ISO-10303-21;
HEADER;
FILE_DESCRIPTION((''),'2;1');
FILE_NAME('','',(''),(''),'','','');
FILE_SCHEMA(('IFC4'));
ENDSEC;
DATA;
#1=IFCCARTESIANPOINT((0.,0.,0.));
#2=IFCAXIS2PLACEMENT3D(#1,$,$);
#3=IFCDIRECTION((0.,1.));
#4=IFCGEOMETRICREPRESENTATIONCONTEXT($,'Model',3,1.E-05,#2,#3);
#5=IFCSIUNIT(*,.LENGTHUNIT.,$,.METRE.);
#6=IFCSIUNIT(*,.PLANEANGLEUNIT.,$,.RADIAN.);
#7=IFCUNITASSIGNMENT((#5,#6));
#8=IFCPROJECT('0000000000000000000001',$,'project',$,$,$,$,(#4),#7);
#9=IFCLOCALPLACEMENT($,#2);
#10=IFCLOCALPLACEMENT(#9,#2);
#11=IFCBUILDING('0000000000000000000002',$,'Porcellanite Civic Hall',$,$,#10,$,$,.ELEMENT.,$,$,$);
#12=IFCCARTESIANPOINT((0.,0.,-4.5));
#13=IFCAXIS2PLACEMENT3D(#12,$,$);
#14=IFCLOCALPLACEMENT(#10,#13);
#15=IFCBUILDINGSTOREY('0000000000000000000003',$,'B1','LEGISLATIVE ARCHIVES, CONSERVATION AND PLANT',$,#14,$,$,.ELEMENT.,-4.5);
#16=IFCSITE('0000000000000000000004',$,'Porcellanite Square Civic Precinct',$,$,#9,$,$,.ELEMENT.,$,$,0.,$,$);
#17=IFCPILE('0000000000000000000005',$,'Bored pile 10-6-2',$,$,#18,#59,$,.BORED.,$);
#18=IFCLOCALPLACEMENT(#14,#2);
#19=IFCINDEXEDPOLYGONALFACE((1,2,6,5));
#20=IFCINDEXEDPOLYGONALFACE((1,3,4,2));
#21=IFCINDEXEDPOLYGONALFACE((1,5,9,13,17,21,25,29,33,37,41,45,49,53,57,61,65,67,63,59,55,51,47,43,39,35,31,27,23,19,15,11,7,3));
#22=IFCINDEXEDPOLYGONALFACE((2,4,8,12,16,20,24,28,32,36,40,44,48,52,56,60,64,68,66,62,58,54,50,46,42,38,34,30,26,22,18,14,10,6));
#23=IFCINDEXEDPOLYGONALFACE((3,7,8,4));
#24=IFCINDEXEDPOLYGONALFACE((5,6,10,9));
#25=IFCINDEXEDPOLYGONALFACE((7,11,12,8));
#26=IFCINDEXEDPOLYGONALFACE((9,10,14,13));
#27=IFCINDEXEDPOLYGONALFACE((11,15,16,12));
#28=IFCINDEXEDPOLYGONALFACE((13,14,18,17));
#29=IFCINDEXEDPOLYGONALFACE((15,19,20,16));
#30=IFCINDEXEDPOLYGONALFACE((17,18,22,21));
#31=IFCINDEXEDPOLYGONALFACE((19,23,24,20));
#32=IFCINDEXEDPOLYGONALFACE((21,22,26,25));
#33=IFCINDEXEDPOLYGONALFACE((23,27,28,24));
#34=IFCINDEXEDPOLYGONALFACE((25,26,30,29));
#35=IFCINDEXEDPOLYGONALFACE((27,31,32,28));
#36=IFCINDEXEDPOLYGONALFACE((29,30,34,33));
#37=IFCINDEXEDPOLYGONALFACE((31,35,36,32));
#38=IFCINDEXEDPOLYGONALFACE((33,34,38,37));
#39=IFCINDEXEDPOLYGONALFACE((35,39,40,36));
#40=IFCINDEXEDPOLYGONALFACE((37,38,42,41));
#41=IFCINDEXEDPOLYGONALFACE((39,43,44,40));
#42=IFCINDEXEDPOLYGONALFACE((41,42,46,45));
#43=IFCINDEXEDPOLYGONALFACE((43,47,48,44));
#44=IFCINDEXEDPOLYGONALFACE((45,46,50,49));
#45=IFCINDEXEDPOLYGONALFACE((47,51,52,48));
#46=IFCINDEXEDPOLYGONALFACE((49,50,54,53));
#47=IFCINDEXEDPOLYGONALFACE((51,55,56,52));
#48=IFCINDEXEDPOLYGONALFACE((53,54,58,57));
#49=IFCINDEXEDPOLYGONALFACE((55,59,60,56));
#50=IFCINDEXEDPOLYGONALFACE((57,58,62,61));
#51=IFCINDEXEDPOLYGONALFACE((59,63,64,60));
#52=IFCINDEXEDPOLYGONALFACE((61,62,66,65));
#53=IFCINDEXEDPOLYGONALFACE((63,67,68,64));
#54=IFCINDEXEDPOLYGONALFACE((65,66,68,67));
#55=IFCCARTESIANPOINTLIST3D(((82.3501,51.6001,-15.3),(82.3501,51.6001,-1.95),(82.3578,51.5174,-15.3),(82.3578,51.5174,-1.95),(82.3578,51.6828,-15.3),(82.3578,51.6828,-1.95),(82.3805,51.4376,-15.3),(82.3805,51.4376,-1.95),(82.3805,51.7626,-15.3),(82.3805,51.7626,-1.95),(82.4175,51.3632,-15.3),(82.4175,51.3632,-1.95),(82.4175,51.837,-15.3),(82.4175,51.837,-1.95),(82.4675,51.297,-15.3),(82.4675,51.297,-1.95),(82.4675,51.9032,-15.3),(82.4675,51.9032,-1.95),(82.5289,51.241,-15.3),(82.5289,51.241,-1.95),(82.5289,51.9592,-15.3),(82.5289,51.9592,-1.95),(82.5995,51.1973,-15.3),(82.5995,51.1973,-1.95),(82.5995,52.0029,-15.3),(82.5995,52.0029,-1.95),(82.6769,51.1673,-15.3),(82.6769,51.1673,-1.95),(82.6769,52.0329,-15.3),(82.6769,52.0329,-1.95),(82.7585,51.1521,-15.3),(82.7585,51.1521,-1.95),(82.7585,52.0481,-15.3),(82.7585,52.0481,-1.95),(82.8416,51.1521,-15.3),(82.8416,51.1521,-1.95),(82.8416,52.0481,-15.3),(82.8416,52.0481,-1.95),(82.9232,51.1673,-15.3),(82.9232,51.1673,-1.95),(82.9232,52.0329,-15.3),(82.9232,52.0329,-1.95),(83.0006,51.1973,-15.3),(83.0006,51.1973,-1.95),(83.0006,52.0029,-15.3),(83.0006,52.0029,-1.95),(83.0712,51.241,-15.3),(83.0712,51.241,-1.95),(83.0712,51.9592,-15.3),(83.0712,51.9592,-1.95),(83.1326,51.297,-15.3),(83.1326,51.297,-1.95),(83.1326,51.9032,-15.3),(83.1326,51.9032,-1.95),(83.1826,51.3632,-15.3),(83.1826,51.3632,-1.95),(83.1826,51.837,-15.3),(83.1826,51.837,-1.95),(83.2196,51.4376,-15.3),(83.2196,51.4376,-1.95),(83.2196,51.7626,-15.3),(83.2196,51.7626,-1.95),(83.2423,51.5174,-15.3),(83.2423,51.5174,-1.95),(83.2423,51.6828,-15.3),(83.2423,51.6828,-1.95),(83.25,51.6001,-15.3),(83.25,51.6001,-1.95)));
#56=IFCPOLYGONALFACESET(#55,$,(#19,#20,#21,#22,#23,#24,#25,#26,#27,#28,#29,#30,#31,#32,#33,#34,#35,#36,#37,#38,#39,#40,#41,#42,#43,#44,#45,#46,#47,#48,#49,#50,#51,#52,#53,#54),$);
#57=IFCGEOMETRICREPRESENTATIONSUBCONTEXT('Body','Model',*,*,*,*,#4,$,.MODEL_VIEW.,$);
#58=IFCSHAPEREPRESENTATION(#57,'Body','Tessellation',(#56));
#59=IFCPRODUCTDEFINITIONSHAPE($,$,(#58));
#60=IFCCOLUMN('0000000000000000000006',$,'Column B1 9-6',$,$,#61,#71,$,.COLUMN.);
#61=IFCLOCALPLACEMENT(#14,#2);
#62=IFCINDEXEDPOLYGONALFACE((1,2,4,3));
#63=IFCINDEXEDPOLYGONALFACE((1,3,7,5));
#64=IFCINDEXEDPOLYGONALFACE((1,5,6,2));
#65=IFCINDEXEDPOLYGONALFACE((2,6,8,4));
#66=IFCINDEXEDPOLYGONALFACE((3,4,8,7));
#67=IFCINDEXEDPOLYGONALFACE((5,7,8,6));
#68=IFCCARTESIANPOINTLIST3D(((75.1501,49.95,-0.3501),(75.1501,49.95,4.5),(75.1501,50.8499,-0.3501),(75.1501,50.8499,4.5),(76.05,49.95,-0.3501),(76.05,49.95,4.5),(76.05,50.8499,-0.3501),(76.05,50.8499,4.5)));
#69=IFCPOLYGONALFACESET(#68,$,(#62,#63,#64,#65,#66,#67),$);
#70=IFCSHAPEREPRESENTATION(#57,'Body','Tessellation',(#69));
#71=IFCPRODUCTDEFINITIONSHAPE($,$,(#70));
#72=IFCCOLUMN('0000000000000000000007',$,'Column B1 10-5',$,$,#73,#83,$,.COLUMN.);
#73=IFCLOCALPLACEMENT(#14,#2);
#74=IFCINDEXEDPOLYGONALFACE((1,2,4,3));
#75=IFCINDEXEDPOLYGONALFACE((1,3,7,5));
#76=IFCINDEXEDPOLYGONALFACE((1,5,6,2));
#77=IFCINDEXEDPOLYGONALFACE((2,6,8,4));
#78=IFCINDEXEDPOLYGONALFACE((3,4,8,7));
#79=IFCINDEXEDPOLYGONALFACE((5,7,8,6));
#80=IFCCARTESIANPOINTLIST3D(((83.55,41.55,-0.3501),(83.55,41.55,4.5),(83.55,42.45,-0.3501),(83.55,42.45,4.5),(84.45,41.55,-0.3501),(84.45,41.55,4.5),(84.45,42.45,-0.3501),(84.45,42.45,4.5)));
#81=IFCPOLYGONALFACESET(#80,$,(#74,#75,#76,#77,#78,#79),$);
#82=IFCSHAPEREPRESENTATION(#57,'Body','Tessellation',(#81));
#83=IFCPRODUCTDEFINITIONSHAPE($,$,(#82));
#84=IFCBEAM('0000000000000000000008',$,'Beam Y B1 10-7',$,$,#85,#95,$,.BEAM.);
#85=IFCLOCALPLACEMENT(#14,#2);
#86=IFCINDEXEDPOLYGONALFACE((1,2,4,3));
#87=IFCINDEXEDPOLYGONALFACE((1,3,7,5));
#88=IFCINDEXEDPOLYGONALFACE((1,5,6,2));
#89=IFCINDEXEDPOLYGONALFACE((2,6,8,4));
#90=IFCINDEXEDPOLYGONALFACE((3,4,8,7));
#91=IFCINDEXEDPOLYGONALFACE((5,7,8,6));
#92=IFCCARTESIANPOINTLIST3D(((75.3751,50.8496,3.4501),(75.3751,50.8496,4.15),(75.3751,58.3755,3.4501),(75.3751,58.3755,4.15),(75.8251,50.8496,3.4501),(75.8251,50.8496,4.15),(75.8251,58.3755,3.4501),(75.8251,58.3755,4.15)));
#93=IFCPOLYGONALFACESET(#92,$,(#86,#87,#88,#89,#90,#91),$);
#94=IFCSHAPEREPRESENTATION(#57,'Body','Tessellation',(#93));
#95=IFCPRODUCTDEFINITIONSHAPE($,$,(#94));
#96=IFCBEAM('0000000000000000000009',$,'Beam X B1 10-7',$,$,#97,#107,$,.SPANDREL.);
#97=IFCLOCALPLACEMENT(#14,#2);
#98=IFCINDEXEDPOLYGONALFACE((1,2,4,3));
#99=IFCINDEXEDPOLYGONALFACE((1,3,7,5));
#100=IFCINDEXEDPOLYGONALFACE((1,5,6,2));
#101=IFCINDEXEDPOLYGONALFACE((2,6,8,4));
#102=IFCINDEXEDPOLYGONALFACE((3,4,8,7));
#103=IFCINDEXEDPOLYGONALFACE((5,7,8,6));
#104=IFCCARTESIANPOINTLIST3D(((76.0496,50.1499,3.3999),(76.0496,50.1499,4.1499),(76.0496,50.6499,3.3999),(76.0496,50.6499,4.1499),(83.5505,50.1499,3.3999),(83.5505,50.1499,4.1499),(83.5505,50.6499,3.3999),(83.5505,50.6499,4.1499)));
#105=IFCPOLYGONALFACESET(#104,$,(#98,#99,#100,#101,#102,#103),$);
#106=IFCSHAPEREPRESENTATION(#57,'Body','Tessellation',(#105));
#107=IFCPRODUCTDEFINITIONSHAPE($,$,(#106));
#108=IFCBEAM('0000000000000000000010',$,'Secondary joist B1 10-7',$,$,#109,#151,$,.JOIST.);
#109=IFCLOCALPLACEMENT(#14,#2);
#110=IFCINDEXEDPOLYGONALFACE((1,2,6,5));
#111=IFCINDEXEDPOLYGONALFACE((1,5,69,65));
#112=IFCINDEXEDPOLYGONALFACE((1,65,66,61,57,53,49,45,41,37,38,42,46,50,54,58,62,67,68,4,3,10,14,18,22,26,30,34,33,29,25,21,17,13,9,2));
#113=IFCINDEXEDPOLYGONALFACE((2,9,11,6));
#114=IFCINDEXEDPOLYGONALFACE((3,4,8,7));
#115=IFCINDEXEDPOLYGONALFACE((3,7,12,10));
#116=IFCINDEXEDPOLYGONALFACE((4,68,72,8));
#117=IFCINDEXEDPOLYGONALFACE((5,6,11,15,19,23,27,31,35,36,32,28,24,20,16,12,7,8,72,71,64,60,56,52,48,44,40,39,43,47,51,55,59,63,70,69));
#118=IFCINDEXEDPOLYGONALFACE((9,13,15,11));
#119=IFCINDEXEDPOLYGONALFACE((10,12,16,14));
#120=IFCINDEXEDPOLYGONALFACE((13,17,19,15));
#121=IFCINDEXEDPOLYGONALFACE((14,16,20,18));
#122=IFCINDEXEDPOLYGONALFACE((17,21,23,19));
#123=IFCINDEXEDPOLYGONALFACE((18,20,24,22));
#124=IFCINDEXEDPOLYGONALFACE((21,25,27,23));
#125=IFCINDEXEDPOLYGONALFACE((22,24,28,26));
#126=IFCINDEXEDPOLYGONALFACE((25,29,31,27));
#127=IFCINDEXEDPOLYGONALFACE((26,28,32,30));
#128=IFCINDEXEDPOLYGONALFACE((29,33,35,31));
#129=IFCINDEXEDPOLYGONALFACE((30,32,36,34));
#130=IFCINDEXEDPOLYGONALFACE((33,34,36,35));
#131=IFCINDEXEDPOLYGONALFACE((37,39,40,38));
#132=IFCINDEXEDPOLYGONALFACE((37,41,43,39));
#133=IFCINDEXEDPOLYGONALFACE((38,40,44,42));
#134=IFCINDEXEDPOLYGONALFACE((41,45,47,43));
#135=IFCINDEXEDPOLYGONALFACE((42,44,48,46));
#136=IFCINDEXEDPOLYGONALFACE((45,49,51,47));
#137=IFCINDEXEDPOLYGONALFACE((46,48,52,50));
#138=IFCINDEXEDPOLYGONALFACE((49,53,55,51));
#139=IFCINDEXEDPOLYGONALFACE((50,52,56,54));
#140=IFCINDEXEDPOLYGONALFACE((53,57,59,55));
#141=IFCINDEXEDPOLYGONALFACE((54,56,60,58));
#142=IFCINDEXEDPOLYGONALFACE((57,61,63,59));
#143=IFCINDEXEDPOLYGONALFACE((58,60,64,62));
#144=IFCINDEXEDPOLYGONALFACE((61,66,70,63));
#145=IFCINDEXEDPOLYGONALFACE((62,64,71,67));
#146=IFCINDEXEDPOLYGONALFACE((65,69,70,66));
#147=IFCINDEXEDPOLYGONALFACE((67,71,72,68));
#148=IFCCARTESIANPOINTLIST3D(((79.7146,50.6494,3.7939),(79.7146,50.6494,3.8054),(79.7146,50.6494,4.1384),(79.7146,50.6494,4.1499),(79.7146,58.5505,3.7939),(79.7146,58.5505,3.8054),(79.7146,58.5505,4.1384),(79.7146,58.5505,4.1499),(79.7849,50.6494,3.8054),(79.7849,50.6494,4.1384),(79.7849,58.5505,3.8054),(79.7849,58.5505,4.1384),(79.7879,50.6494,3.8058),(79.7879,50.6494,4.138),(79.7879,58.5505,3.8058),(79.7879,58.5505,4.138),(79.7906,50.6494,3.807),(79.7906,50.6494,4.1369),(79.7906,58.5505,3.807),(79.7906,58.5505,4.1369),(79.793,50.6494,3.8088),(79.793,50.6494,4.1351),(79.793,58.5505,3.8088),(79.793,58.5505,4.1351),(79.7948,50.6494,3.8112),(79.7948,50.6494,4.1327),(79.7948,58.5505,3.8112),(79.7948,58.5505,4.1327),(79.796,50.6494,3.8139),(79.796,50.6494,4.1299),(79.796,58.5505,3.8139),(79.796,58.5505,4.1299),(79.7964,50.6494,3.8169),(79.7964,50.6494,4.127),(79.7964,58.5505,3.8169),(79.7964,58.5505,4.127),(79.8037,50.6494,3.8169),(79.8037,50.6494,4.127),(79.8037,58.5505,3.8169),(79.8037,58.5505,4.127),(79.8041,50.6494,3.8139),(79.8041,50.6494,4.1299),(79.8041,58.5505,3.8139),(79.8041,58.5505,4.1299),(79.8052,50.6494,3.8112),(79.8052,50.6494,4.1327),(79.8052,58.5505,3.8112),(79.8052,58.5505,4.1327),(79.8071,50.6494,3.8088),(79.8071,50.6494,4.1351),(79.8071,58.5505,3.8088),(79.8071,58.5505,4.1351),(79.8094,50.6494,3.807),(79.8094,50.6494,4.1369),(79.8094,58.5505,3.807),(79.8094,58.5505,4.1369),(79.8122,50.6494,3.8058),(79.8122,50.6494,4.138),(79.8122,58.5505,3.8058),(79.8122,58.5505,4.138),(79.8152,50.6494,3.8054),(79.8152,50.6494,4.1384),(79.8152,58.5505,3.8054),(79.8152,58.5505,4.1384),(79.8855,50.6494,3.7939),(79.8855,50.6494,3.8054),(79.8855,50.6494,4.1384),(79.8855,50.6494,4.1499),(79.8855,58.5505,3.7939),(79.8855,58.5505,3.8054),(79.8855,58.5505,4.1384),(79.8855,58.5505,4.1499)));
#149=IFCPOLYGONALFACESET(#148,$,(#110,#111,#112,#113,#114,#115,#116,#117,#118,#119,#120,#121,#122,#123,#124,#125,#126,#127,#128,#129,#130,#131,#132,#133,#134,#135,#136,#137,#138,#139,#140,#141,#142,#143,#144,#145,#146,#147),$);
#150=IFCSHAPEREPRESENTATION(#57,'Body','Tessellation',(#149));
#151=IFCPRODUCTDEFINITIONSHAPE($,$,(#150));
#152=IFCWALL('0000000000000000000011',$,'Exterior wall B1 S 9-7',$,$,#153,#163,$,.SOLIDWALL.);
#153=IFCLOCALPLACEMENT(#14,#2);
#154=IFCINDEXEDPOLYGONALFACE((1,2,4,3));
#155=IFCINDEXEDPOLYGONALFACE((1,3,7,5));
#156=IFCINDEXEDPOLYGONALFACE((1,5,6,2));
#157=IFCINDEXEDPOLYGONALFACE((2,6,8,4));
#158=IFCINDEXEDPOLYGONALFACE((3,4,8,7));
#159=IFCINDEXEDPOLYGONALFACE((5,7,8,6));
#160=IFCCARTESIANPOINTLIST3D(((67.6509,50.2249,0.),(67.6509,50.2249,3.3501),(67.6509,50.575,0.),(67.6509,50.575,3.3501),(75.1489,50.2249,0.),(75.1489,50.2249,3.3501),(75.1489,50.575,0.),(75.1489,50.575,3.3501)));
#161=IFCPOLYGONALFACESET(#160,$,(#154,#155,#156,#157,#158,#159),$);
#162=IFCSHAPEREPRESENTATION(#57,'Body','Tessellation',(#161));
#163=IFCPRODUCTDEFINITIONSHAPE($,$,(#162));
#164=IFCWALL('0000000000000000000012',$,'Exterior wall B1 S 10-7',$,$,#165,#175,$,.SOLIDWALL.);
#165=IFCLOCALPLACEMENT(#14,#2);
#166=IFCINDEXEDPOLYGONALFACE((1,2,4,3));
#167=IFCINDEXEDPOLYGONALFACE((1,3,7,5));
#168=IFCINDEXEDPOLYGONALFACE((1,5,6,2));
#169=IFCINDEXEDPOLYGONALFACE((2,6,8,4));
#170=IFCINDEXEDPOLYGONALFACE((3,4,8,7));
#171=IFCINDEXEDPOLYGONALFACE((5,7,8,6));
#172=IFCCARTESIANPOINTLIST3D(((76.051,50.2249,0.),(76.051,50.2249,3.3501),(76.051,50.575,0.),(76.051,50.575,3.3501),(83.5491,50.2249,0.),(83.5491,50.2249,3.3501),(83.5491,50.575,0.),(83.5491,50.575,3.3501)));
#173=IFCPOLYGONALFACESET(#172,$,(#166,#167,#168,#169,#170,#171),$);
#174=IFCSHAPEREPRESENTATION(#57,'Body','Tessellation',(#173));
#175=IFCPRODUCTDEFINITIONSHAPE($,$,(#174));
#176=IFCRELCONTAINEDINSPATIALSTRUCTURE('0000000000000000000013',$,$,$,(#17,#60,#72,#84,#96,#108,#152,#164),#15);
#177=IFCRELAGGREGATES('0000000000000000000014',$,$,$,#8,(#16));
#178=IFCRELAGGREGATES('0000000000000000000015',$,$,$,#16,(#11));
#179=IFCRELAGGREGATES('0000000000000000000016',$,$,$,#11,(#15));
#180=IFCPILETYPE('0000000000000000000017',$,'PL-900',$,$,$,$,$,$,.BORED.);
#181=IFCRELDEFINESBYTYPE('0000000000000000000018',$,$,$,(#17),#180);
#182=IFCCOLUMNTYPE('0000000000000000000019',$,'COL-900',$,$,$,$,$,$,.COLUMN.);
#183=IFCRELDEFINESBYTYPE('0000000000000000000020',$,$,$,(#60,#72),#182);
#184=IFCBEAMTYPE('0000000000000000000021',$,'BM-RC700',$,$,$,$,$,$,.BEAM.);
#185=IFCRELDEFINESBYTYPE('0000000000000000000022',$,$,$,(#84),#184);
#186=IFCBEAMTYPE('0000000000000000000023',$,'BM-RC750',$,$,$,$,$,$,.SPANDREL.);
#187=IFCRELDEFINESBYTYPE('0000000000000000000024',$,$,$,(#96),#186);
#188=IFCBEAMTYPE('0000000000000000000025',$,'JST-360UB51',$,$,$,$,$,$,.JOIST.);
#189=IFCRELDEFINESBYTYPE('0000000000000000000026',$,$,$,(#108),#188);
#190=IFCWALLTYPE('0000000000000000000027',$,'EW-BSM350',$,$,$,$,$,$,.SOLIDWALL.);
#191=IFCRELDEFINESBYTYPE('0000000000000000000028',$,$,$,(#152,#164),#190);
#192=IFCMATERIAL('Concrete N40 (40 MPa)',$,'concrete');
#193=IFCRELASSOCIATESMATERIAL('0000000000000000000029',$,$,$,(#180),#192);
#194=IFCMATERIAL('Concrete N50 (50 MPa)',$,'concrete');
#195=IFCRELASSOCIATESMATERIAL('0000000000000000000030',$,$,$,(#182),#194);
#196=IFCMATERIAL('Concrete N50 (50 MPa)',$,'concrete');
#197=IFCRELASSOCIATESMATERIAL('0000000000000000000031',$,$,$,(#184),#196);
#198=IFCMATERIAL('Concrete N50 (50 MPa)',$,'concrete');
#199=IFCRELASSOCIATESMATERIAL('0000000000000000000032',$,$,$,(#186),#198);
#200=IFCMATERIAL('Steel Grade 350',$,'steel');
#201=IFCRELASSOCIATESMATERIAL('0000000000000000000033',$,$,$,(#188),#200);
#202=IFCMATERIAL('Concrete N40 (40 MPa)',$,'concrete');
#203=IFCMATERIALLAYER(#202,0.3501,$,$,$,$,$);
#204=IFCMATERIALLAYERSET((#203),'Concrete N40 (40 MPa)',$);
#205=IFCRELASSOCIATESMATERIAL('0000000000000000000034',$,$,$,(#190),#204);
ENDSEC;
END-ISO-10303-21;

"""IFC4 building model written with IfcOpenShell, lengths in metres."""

from ifc_helpers import new_model, si_unit, direction, frame, frame_2d, origin, origin_2d, place, context, subcontext, project, spatial, rectangle, circle, i_section, extrude, material, layer, layer_set, material_profile, profile_set, type_object, element, save


model = new_model("IFC4")

# Units and contexts
model_context = context("Model", 3, precision=1e-05, world=origin(), true_north=direction((0.0, 1.0)))
body_context = subcontext(model_context, "Body", "Model", "MODEL_VIEW")
ifc_project = project(units=[si_unit("LENGTHUNIT", "METRE"), si_unit("PLANEANGLEUNIT", "RADIAN")], contexts=[model_context])

# Site, building, storey
site_placement = place(None, origin())
site = spatial("IfcSite", under=ifc_project, at=site_placement, Name="Porcellanite Square Civic Precinct", CompositionType="ELEMENT", RefElevation=0.0)
building_placement = place(site_placement, origin())
building = spatial("IfcBuilding", under=site, at=building_placement, Name="Porcellanite Civic Hall", CompositionType="ELEMENT")
storey_placement = place(building_placement, frame((0.0, 0.0, -4.5)))
storey = spatial("IfcBuildingStorey", under=building, at=storey_placement, Name="B1", Description="LEGISLATIVE ARCHIVES, CONSERVATION AND PLANT", CompositionType="ELEMENT", Elevation=-4.5)

# Pile
ifc_material_1 = material(Name="Concrete N40 (40 MPa)", Category="concrete")
ifc_material_profile_1 = material_profile(ifc_material_1, circle(Radius=0.45, at=origin_2d()), Name="PILE-D900")
ifc_profile_set_1 = profile_set([ifc_material_profile_1], Name="Concrete N40 (40 MPa)")
pile_type = type_object("IfcPileType", Name="PL-900", PredefinedType="BORED", material=ifc_profile_set_1)
for number, where, z_axis, x_axis, name in (
    (1, (82.8, 51.6001, -1.95), (0.0, 0.0, -1.0), (1.0, 0.0, 0.0), "Bored pile 10-6-2"),
):
    element("IfcPile", number, at=place(storey_placement, frame(where, z_axis=z_axis, x_axis=x_axis)), inside=storey, type_object=pile_type, Name=name, PredefinedType="BORED", context=body_context, shape_type="SweptSolid", body=[
        extrude(circle(Radius=0.45, at=origin_2d()), origin(), (0.0, 0.0, 1.0), 13.3501),
    ])

# Columns
ifc_material_2 = material(Name="Concrete N50 (50 MPa)", Category="concrete")
ifc_material_profile_2 = material_profile(ifc_material_2, rectangle(XDim=0.8999, YDim=0.8999, at=origin_2d()), Name="RC-900x900")
ifc_profile_set_2 = profile_set([ifc_material_profile_2], Name="Concrete N50 (50 MPa)")
column_type = type_object("IfcColumnType", Name="COL-900", PredefinedType="COLUMN", material=ifc_profile_set_2)
for number, where, z_axis, x_axis, name in (
    (2, (75.6001, 50.3999, -0.3501), (0.0, 0.0, 1.0), (1.0, 0.0, 0.0), "Column B1 9-6"),
    (3, (84.0, 42.0, -0.3501), (0.0, 0.0, 1.0), (1.0, 0.0, 0.0), "Column B1 10-5"),
):
    element("IfcColumn", number, at=place(storey_placement, frame(where, z_axis=z_axis, x_axis=x_axis)), inside=storey, type_object=column_type, Name=name, PredefinedType="COLUMN", context=body_context, shape_type="SweptSolid", body=[
        extrude(rectangle(XDim=0.8999, YDim=0.8999, at=origin_2d()), origin(), (0.0, 0.0, 1.0), 4.8501),
    ])

# Beams
ifc_material_3 = material(Name="Concrete N50 (50 MPa)", Category="concrete")
ifc_material_profile_3 = material_profile(ifc_material_3, rectangle(XDim=0.45, YDim=0.7, at=origin_2d()), Name="RC-450x700")
ifc_profile_set_3 = profile_set([ifc_material_profile_3], Name="Concrete N50 (50 MPa)")
beam_type_1 = type_object("IfcBeamType", Name="BM-RC700", PredefinedType="BEAM", material=ifc_profile_set_3)
beam_1_placement = place(storey_placement, frame((75.6001, 50.8496, 3.8), z_axis=(0.0, 1.0, 0.0), x_axis=(-1.0, 0.0, 0.0)))
element("IfcBeam", 4, at=beam_1_placement, inside=storey, type_object=beam_type_1, Name="Beam Y B1 10-7", PredefinedType="BEAM", context=body_context, shape_type="SweptSolid", body=[
    extrude(rectangle(XDim=0.45, YDim=0.7, at=origin_2d()), origin(), (0.0, 0.0, 1.0), 7.5259),
])
ifc_material_4 = material(Name="Concrete N50 (50 MPa)", Category="concrete")
ifc_material_profile_4 = material_profile(ifc_material_4, rectangle(XDim=0.5, YDim=0.75, at=origin_2d()), Name="RC-500x750")
ifc_profile_set_4 = profile_set([ifc_material_profile_4], Name="Concrete N50 (50 MPa)")
beam_type_2 = type_object("IfcBeamType", Name="BM-RC750", PredefinedType="SPANDREL", material=ifc_profile_set_4)
beam_2_placement = place(storey_placement, frame((76.0496, 50.3999, 3.7749), z_axis=(1.0, 0.0, 0.0), x_axis=(0.0, 1.0, 0.0)))
element("IfcBeam", 5, at=beam_2_placement, inside=storey, type_object=beam_type_2, Name="Beam X B1 10-7", PredefinedType="SPANDREL", context=body_context, shape_type="SweptSolid", body=[
    extrude(rectangle(XDim=0.5, YDim=0.75, at=origin_2d()), origin(), (0.0, 0.0, 1.0), 7.501),
])
ifc_material_5 = material(Name="Steel Grade 350", Category="steel")
ifc_material_profile_5 = material_profile(ifc_material_5, i_section(OverallWidth=0.1709, OverallDepth=0.356, WebThickness=0.0073, FlangeThickness=0.0115, FilletRadius=0.0115, at=origin_2d()), Name="360UB50.7")
ifc_profile_set_5 = profile_set([ifc_material_profile_5], Name="Steel Grade 350")
beam_type_3 = type_object("IfcBeamType", Name="JST-360UB51", PredefinedType="JOIST", material=ifc_profile_set_5)
beam_3_placement = place(storey_placement, frame((79.8, 50.6494, 3.9719), z_axis=(0.0, 1.0, 0.0), x_axis=(-1.0, 0.0, 0.0)))
element("IfcBeam", 6, at=beam_3_placement, inside=storey, type_object=beam_type_3, Name="Secondary joist B1 10-7", PredefinedType="JOIST", context=body_context, shape_type="SweptSolid", body=[
    extrude(i_section(OverallWidth=0.1709, OverallDepth=0.356, WebThickness=0.0073, FlangeThickness=0.0115, FilletRadius=0.0115, at=origin_2d()), origin(), (0.0, 0.0, 1.0), 7.9011),
])

# Walls
ifc_material_6 = material(Name="Concrete N40 (40 MPa)", Category="concrete")
ifc_layer = layer(ifc_material_6, 0.3501)
ifc_layer_set = layer_set([ifc_layer], Name="Concrete N40 (40 MPa)")
wall_type = type_object("IfcWallType", Name="EW-BSM350", PredefinedType="SOLIDWALL", material=ifc_layer_set)
for number, where, z_axis, x_axis, name in (
    (7, (75.1489, 50.3999, 0.0), (0.0, 0.0, 1.0), (-1.0, 0.0, 0.0), "Exterior wall B1 S 9-7"),
    (8, (83.5491, 50.3999, 0.0), (0.0, 0.0, 1.0), (-1.0, 0.0, 0.0), "Exterior wall B1 S 10-7"),
):
    element("IfcWall", number, at=place(storey_placement, frame(where, z_axis=z_axis, x_axis=x_axis)), inside=storey, type_object=wall_type, Name=name, PredefinedType="SOLIDWALL", context=body_context, shape_type="SweptSolid", body=[
        extrude(rectangle(XDim=7.498, YDim=0.3501, at=frame_2d((3.749, 0.0))), origin(), (0.0, 0.0, 1.0), 3.3501),
    ])

save(model, "model.ifc")
